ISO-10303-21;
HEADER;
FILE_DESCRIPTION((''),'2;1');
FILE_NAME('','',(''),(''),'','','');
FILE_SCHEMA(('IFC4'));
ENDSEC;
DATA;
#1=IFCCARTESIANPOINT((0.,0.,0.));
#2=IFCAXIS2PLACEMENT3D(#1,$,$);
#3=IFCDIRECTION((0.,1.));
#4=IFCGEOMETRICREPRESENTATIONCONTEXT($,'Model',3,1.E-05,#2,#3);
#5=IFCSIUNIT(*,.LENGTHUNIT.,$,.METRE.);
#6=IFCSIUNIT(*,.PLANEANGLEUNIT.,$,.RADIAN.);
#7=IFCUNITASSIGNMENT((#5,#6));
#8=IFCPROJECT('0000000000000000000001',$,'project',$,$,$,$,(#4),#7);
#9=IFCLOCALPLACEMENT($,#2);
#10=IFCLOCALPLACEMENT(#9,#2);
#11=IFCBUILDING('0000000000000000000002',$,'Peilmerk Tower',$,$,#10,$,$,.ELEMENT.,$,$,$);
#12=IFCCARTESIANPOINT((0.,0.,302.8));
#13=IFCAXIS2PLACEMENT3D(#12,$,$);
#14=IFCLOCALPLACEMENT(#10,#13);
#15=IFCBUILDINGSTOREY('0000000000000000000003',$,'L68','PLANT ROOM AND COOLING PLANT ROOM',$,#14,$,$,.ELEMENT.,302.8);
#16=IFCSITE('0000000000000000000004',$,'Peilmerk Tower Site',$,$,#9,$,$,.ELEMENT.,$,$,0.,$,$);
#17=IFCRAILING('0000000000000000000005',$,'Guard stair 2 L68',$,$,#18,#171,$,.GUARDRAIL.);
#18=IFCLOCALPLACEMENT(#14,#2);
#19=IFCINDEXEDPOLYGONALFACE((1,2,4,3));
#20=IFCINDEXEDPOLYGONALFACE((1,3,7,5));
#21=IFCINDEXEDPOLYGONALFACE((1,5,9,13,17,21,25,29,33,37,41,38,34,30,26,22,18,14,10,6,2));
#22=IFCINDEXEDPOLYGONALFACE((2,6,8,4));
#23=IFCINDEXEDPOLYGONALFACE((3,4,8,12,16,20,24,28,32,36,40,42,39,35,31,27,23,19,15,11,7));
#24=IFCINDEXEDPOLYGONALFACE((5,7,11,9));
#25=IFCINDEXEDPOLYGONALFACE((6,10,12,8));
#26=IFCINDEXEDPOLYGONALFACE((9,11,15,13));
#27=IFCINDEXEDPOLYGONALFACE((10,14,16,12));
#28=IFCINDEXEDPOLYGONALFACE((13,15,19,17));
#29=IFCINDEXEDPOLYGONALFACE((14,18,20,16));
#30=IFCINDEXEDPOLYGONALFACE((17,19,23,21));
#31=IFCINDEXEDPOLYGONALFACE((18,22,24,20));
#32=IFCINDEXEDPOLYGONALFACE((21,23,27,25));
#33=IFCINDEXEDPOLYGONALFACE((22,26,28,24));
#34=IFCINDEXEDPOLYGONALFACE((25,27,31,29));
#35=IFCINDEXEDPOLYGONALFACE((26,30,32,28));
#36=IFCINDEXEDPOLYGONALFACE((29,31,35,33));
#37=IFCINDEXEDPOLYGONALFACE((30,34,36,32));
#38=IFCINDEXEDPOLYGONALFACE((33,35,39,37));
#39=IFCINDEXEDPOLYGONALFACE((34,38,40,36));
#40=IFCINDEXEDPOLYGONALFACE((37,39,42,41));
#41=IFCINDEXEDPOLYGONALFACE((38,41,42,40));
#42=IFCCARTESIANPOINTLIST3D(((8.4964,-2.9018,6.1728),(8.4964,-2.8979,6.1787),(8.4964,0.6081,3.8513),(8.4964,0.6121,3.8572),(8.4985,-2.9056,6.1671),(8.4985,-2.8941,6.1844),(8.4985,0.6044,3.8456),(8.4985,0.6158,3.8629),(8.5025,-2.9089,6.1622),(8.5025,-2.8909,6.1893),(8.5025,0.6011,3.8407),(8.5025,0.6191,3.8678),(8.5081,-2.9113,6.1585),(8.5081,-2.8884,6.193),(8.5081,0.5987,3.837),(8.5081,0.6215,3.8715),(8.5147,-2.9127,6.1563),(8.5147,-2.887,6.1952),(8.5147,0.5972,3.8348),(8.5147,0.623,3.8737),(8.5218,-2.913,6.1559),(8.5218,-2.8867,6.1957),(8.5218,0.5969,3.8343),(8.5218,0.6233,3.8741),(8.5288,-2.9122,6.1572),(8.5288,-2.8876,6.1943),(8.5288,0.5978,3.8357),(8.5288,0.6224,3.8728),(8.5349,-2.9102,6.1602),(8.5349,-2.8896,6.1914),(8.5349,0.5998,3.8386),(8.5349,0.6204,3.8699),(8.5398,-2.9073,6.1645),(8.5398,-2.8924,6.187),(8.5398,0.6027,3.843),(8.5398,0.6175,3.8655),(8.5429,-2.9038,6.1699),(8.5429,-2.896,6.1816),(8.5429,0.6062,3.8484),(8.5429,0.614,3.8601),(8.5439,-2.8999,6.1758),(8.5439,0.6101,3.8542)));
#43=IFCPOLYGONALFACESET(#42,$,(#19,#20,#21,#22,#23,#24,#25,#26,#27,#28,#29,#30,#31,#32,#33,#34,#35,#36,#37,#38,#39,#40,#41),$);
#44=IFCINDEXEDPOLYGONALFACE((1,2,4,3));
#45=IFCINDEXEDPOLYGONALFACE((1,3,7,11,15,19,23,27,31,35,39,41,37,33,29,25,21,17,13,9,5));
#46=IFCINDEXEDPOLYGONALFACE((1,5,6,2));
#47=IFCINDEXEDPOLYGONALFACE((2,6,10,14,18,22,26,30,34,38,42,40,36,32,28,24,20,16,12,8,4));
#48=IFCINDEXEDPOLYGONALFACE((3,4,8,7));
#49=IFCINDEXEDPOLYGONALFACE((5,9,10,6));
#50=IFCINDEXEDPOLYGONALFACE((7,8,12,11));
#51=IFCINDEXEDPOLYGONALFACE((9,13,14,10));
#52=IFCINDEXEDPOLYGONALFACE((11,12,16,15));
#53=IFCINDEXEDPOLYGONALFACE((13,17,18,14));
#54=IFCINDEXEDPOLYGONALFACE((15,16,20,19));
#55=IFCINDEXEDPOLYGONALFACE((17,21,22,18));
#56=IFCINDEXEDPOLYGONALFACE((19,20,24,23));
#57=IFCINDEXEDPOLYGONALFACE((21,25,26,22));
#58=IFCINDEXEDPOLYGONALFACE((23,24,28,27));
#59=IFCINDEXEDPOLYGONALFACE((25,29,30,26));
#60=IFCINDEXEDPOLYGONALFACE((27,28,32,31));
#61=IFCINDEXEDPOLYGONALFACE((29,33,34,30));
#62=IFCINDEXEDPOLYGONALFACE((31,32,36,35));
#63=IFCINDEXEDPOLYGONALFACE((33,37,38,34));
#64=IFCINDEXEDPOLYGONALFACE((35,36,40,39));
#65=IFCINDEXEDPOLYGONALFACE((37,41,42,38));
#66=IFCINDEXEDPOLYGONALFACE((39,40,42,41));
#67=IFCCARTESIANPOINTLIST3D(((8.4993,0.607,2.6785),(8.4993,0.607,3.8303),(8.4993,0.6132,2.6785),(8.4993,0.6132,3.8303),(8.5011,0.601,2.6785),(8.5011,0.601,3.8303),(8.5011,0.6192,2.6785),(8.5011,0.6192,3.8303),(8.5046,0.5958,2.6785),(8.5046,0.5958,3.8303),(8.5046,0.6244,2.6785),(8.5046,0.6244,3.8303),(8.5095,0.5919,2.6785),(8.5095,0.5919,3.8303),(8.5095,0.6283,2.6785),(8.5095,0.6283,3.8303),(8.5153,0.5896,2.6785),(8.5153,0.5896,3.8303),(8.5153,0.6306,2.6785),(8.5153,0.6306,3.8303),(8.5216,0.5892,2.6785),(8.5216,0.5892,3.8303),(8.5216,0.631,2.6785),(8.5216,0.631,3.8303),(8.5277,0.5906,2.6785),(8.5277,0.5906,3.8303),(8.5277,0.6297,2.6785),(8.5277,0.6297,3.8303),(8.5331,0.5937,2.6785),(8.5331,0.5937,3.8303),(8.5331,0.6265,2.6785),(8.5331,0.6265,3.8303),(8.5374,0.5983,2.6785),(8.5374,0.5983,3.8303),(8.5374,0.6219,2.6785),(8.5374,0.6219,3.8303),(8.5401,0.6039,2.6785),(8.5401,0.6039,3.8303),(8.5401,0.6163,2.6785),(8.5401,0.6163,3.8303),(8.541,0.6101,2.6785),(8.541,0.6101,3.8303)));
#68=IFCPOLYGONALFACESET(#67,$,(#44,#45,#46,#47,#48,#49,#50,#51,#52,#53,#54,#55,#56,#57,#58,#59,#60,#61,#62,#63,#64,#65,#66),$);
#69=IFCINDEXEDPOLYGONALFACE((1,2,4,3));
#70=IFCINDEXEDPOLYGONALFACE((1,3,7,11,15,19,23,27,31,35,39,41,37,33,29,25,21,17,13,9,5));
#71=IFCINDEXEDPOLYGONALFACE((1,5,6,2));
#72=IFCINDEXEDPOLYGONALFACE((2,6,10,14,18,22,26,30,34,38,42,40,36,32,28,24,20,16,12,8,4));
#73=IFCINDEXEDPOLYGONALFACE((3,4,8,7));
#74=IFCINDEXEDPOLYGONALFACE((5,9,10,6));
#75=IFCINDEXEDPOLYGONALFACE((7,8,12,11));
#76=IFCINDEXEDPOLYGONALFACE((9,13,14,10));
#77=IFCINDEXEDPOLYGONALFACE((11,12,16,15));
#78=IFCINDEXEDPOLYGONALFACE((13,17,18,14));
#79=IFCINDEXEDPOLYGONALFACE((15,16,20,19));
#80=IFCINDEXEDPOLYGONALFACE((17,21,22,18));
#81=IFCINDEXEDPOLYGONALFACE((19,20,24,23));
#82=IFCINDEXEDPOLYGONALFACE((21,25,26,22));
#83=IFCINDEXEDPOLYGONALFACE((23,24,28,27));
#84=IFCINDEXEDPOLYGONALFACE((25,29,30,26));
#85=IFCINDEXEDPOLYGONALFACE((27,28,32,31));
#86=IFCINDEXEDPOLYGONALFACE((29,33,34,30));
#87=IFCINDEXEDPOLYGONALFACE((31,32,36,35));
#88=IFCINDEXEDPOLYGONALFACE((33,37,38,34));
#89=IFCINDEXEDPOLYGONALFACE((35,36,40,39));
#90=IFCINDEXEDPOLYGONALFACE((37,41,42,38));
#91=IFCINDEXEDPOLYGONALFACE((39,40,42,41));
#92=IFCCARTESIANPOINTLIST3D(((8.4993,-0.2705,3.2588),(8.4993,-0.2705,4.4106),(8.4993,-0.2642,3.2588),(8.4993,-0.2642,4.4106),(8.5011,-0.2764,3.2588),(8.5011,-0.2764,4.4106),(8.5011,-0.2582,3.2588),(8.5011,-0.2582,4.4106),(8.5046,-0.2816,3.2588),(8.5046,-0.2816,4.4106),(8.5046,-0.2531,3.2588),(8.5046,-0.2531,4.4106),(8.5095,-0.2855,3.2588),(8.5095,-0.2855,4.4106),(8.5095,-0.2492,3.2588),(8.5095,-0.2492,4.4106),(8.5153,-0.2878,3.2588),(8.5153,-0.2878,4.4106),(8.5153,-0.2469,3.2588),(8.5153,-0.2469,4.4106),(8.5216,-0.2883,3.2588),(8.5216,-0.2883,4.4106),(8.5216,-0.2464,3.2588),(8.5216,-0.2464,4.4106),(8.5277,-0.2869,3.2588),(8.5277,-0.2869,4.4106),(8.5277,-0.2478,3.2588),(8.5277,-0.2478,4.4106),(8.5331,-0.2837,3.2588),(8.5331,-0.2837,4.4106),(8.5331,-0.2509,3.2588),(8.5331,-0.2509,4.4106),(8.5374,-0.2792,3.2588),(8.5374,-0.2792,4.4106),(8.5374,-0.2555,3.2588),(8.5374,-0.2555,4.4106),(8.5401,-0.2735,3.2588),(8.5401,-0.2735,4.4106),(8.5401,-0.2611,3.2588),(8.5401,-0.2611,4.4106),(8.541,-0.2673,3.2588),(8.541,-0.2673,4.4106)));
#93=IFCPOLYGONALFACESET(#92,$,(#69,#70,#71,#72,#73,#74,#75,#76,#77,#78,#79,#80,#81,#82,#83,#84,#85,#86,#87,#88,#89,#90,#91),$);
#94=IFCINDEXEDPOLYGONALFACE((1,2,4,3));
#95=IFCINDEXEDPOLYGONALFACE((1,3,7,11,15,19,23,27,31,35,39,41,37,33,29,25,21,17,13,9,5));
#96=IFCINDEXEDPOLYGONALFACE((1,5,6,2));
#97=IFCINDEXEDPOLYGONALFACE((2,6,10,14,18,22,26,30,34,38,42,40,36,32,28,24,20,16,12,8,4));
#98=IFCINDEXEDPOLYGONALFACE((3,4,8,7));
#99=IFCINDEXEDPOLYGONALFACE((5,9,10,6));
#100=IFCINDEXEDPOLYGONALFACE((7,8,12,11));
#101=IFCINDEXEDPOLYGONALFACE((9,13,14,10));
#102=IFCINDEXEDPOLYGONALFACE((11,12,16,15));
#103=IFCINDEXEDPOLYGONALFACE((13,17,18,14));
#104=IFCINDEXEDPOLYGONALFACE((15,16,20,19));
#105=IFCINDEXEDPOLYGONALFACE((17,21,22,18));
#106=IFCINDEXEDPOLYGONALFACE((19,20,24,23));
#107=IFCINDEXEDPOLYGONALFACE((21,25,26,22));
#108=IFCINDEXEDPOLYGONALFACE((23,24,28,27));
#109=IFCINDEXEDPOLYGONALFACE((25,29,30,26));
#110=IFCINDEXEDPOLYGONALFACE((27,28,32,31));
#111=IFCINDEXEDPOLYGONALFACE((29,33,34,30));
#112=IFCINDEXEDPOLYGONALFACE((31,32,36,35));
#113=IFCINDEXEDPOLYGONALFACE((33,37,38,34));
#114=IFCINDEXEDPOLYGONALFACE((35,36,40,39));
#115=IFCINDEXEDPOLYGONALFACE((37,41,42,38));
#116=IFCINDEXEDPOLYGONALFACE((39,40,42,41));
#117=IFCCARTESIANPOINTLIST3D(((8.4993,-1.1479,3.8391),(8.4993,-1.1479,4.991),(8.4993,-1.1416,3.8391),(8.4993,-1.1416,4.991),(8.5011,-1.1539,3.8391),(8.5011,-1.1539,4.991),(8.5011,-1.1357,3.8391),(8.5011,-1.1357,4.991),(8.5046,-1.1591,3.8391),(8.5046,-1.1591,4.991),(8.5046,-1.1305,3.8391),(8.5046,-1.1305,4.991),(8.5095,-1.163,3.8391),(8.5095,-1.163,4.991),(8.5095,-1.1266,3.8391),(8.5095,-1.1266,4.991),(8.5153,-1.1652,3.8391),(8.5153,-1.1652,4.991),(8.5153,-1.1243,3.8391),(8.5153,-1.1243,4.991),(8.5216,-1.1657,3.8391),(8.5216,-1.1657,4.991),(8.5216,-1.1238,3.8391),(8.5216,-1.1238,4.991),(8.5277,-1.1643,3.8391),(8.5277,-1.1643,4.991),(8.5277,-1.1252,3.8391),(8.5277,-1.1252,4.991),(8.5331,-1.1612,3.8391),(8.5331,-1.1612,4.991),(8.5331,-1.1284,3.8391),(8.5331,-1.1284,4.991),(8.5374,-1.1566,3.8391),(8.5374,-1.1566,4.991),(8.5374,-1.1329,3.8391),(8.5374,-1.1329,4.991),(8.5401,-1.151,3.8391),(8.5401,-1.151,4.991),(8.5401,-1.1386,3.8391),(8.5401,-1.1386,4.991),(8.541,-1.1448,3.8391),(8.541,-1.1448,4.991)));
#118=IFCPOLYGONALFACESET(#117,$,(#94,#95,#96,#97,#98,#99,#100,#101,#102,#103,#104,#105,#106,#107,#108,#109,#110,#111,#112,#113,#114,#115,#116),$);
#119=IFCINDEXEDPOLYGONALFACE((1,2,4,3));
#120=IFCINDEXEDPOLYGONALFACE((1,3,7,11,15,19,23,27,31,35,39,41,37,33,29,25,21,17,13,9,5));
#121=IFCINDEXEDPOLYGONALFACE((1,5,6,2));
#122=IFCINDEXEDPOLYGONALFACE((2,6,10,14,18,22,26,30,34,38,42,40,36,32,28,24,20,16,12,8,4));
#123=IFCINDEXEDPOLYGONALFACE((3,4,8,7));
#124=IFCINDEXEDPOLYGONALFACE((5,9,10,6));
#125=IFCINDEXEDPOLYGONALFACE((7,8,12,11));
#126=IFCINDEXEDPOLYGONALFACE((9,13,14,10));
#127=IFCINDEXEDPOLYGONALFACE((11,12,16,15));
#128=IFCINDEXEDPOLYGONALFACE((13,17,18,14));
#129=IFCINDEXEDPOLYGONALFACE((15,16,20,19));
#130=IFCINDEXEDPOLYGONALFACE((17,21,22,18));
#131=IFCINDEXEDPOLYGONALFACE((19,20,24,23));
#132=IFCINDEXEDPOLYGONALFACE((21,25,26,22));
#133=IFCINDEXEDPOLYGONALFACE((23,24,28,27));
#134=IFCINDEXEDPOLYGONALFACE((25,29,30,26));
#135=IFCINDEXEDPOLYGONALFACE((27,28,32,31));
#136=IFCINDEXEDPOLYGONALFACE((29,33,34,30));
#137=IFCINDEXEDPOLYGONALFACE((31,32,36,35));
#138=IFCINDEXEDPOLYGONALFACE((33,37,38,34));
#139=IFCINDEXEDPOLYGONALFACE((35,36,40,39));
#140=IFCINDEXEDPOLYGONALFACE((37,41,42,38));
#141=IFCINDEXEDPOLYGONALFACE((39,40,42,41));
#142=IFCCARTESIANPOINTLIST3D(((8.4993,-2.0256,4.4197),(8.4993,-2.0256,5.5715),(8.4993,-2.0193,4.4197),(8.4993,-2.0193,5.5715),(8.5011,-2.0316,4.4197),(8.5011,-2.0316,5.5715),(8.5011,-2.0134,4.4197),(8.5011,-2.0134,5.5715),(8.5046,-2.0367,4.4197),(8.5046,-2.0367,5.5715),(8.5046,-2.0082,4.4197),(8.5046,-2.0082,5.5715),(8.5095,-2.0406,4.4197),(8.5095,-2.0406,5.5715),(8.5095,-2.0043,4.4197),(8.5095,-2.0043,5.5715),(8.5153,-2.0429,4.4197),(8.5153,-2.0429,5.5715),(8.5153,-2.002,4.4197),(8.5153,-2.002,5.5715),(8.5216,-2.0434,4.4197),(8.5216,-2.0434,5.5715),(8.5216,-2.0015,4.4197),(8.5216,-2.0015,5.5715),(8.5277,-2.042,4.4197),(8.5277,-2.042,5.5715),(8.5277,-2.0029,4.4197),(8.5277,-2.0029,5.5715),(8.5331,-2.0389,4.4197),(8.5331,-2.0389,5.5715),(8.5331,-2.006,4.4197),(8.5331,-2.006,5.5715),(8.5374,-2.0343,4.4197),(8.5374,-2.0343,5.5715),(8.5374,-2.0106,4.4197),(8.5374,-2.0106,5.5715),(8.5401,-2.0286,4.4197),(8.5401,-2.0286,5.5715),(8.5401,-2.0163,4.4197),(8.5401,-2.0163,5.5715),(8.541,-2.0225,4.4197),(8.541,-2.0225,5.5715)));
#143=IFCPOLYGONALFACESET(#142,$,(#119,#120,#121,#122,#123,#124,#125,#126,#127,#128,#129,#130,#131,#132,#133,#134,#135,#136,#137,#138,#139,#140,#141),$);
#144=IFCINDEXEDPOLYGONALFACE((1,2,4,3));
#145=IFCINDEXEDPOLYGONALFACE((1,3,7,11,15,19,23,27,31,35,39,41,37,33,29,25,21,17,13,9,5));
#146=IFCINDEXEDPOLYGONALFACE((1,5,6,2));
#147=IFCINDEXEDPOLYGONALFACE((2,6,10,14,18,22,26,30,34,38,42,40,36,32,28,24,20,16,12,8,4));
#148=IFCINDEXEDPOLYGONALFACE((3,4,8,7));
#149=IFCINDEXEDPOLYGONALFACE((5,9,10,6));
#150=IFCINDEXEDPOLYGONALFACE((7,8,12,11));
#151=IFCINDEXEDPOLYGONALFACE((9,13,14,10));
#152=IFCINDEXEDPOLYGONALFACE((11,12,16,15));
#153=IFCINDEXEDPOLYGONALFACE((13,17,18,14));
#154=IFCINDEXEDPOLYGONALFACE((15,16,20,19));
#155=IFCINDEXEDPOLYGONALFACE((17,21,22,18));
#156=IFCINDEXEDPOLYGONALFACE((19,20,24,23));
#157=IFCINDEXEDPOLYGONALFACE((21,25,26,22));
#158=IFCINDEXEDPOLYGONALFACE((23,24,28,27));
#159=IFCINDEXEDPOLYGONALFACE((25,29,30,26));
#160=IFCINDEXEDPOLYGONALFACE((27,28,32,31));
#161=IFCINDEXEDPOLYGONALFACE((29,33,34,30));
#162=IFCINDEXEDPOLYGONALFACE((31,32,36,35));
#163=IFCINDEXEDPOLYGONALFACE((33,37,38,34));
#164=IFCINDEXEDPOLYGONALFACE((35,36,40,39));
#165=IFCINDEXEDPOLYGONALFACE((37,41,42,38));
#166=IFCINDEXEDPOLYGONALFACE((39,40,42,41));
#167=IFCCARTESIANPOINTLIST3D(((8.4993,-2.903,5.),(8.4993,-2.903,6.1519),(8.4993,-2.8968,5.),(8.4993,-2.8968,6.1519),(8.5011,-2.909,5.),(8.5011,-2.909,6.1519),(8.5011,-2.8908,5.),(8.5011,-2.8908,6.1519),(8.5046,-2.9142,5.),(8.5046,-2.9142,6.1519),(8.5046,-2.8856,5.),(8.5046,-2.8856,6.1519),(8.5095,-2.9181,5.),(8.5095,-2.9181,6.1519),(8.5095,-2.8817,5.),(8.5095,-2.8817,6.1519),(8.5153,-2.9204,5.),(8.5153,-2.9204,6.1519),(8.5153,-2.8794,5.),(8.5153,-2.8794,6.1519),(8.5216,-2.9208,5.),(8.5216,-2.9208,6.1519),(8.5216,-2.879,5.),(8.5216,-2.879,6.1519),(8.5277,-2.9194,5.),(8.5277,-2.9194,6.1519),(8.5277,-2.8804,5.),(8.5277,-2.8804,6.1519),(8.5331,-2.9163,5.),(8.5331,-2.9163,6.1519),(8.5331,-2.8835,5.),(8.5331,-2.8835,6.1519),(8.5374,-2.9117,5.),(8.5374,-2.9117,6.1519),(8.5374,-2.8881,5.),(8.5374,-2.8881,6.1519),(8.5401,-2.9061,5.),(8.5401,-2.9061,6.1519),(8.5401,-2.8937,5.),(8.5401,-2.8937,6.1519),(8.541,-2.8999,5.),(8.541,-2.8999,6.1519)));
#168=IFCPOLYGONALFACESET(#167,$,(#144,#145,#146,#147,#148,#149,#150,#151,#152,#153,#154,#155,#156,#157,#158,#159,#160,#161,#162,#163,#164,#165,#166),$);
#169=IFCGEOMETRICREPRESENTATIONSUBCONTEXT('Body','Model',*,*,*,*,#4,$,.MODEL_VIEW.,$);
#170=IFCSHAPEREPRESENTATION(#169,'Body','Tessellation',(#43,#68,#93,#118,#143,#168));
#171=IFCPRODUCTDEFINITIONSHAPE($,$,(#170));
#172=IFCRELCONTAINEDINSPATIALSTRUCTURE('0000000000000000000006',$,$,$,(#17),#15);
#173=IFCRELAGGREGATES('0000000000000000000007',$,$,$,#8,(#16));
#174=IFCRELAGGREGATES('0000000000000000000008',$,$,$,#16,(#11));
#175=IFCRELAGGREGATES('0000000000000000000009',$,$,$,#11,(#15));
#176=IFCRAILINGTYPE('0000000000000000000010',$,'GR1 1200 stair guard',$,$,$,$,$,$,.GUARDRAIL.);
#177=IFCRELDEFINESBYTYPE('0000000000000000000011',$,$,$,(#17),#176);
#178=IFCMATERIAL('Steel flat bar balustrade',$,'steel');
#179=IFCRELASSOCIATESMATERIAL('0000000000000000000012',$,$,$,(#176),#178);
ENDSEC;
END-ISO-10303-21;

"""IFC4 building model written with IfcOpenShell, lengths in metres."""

from ifc_helpers import new_model, si_unit, direction, frame, origin, origin_2d, place, context, subcontext, project, spatial, circle, extrude, material, type_object, element, save


model = new_model("IFC4")

# Units and contexts
model_context = context("Model", 3, precision=1e-05, world=origin(), true_north=direction((0.0, 1.0)))
body_context = subcontext(model_context, "Body", "Model", "MODEL_VIEW")
ifc_project = project(units=[si_unit("LENGTHUNIT", "METRE"), si_unit("PLANEANGLEUNIT", "RADIAN")], contexts=[model_context])

# Site, building, storey
site_placement = place(None, origin())
site = spatial("IfcSite", under=ifc_project, at=site_placement, Name="Peilmerk Tower Site", CompositionType="ELEMENT", RefElevation=0.0)
building_placement = place(site_placement, origin())
building = spatial("IfcBuilding", under=site, at=building_placement, Name="Peilmerk Tower", CompositionType="ELEMENT")
storey_placement = place(building_placement, frame((0.0, 0.0, 302.8)))
storey = spatial("IfcBuildingStorey", under=building, at=storey_placement, Name="L68", Description="PLANT ROOM AND COOLING PLANT ROOM", CompositionType="ELEMENT", Elevation=302.8)

# Railing
ifc_material_1 = material(Name="Steel flat bar balustrade", Category="steel")
railing_type_1 = type_object("IfcRailingType", Name="GR1 1200 stair guard", PredefinedType="GUARDRAIL", material=ifc_material_1)
railing_1_placement = place(storey_placement, frame((8.52, 0.6101, 2.6785)))
element("IfcRailing", 1, at=railing_1_placement, inside=storey, type_object=railing_type_1, Name="Guard stair 2 L68", PredefinedType="GUARDRAIL", context=body_context, shape_type="SweptSolid", body=[
    extrude(circle(Radius=0.0239, at=origin_2d()), frame((0.0, 0.0, 1.1758), z_axis=(0.0, -0.834071, 0.551657), x_axis=(1.0, 0.0, 0.0)), (0.0, 0.0, 1.0), 4.2083),
    extrude(circle(Radius=0.021, at=origin_2d()), origin(), (0.0, 0.0, 1.0), 1.1519),
    extrude(circle(Radius=0.021, at=origin_2d()), frame((0.0, -0.8774, 0.5803)), (0.0, 0.0, 1.0), 1.1519),
    extrude(circle(Radius=0.021, at=origin_2d()), frame((0.0, -1.7549, 1.1606)), (0.0, 0.0, 1.0), 1.1519),
    extrude(circle(Radius=0.021, at=origin_2d()), frame((0.0, -2.6326, 1.7412)), (0.0, 0.0, 1.0), 1.1519),
    extrude(circle(Radius=0.021, at=origin_2d()), frame((0.0, -3.51, 2.3215)), (0.0, 0.0, 1.0), 1.1519),
])

save(model, "model.ifc")
